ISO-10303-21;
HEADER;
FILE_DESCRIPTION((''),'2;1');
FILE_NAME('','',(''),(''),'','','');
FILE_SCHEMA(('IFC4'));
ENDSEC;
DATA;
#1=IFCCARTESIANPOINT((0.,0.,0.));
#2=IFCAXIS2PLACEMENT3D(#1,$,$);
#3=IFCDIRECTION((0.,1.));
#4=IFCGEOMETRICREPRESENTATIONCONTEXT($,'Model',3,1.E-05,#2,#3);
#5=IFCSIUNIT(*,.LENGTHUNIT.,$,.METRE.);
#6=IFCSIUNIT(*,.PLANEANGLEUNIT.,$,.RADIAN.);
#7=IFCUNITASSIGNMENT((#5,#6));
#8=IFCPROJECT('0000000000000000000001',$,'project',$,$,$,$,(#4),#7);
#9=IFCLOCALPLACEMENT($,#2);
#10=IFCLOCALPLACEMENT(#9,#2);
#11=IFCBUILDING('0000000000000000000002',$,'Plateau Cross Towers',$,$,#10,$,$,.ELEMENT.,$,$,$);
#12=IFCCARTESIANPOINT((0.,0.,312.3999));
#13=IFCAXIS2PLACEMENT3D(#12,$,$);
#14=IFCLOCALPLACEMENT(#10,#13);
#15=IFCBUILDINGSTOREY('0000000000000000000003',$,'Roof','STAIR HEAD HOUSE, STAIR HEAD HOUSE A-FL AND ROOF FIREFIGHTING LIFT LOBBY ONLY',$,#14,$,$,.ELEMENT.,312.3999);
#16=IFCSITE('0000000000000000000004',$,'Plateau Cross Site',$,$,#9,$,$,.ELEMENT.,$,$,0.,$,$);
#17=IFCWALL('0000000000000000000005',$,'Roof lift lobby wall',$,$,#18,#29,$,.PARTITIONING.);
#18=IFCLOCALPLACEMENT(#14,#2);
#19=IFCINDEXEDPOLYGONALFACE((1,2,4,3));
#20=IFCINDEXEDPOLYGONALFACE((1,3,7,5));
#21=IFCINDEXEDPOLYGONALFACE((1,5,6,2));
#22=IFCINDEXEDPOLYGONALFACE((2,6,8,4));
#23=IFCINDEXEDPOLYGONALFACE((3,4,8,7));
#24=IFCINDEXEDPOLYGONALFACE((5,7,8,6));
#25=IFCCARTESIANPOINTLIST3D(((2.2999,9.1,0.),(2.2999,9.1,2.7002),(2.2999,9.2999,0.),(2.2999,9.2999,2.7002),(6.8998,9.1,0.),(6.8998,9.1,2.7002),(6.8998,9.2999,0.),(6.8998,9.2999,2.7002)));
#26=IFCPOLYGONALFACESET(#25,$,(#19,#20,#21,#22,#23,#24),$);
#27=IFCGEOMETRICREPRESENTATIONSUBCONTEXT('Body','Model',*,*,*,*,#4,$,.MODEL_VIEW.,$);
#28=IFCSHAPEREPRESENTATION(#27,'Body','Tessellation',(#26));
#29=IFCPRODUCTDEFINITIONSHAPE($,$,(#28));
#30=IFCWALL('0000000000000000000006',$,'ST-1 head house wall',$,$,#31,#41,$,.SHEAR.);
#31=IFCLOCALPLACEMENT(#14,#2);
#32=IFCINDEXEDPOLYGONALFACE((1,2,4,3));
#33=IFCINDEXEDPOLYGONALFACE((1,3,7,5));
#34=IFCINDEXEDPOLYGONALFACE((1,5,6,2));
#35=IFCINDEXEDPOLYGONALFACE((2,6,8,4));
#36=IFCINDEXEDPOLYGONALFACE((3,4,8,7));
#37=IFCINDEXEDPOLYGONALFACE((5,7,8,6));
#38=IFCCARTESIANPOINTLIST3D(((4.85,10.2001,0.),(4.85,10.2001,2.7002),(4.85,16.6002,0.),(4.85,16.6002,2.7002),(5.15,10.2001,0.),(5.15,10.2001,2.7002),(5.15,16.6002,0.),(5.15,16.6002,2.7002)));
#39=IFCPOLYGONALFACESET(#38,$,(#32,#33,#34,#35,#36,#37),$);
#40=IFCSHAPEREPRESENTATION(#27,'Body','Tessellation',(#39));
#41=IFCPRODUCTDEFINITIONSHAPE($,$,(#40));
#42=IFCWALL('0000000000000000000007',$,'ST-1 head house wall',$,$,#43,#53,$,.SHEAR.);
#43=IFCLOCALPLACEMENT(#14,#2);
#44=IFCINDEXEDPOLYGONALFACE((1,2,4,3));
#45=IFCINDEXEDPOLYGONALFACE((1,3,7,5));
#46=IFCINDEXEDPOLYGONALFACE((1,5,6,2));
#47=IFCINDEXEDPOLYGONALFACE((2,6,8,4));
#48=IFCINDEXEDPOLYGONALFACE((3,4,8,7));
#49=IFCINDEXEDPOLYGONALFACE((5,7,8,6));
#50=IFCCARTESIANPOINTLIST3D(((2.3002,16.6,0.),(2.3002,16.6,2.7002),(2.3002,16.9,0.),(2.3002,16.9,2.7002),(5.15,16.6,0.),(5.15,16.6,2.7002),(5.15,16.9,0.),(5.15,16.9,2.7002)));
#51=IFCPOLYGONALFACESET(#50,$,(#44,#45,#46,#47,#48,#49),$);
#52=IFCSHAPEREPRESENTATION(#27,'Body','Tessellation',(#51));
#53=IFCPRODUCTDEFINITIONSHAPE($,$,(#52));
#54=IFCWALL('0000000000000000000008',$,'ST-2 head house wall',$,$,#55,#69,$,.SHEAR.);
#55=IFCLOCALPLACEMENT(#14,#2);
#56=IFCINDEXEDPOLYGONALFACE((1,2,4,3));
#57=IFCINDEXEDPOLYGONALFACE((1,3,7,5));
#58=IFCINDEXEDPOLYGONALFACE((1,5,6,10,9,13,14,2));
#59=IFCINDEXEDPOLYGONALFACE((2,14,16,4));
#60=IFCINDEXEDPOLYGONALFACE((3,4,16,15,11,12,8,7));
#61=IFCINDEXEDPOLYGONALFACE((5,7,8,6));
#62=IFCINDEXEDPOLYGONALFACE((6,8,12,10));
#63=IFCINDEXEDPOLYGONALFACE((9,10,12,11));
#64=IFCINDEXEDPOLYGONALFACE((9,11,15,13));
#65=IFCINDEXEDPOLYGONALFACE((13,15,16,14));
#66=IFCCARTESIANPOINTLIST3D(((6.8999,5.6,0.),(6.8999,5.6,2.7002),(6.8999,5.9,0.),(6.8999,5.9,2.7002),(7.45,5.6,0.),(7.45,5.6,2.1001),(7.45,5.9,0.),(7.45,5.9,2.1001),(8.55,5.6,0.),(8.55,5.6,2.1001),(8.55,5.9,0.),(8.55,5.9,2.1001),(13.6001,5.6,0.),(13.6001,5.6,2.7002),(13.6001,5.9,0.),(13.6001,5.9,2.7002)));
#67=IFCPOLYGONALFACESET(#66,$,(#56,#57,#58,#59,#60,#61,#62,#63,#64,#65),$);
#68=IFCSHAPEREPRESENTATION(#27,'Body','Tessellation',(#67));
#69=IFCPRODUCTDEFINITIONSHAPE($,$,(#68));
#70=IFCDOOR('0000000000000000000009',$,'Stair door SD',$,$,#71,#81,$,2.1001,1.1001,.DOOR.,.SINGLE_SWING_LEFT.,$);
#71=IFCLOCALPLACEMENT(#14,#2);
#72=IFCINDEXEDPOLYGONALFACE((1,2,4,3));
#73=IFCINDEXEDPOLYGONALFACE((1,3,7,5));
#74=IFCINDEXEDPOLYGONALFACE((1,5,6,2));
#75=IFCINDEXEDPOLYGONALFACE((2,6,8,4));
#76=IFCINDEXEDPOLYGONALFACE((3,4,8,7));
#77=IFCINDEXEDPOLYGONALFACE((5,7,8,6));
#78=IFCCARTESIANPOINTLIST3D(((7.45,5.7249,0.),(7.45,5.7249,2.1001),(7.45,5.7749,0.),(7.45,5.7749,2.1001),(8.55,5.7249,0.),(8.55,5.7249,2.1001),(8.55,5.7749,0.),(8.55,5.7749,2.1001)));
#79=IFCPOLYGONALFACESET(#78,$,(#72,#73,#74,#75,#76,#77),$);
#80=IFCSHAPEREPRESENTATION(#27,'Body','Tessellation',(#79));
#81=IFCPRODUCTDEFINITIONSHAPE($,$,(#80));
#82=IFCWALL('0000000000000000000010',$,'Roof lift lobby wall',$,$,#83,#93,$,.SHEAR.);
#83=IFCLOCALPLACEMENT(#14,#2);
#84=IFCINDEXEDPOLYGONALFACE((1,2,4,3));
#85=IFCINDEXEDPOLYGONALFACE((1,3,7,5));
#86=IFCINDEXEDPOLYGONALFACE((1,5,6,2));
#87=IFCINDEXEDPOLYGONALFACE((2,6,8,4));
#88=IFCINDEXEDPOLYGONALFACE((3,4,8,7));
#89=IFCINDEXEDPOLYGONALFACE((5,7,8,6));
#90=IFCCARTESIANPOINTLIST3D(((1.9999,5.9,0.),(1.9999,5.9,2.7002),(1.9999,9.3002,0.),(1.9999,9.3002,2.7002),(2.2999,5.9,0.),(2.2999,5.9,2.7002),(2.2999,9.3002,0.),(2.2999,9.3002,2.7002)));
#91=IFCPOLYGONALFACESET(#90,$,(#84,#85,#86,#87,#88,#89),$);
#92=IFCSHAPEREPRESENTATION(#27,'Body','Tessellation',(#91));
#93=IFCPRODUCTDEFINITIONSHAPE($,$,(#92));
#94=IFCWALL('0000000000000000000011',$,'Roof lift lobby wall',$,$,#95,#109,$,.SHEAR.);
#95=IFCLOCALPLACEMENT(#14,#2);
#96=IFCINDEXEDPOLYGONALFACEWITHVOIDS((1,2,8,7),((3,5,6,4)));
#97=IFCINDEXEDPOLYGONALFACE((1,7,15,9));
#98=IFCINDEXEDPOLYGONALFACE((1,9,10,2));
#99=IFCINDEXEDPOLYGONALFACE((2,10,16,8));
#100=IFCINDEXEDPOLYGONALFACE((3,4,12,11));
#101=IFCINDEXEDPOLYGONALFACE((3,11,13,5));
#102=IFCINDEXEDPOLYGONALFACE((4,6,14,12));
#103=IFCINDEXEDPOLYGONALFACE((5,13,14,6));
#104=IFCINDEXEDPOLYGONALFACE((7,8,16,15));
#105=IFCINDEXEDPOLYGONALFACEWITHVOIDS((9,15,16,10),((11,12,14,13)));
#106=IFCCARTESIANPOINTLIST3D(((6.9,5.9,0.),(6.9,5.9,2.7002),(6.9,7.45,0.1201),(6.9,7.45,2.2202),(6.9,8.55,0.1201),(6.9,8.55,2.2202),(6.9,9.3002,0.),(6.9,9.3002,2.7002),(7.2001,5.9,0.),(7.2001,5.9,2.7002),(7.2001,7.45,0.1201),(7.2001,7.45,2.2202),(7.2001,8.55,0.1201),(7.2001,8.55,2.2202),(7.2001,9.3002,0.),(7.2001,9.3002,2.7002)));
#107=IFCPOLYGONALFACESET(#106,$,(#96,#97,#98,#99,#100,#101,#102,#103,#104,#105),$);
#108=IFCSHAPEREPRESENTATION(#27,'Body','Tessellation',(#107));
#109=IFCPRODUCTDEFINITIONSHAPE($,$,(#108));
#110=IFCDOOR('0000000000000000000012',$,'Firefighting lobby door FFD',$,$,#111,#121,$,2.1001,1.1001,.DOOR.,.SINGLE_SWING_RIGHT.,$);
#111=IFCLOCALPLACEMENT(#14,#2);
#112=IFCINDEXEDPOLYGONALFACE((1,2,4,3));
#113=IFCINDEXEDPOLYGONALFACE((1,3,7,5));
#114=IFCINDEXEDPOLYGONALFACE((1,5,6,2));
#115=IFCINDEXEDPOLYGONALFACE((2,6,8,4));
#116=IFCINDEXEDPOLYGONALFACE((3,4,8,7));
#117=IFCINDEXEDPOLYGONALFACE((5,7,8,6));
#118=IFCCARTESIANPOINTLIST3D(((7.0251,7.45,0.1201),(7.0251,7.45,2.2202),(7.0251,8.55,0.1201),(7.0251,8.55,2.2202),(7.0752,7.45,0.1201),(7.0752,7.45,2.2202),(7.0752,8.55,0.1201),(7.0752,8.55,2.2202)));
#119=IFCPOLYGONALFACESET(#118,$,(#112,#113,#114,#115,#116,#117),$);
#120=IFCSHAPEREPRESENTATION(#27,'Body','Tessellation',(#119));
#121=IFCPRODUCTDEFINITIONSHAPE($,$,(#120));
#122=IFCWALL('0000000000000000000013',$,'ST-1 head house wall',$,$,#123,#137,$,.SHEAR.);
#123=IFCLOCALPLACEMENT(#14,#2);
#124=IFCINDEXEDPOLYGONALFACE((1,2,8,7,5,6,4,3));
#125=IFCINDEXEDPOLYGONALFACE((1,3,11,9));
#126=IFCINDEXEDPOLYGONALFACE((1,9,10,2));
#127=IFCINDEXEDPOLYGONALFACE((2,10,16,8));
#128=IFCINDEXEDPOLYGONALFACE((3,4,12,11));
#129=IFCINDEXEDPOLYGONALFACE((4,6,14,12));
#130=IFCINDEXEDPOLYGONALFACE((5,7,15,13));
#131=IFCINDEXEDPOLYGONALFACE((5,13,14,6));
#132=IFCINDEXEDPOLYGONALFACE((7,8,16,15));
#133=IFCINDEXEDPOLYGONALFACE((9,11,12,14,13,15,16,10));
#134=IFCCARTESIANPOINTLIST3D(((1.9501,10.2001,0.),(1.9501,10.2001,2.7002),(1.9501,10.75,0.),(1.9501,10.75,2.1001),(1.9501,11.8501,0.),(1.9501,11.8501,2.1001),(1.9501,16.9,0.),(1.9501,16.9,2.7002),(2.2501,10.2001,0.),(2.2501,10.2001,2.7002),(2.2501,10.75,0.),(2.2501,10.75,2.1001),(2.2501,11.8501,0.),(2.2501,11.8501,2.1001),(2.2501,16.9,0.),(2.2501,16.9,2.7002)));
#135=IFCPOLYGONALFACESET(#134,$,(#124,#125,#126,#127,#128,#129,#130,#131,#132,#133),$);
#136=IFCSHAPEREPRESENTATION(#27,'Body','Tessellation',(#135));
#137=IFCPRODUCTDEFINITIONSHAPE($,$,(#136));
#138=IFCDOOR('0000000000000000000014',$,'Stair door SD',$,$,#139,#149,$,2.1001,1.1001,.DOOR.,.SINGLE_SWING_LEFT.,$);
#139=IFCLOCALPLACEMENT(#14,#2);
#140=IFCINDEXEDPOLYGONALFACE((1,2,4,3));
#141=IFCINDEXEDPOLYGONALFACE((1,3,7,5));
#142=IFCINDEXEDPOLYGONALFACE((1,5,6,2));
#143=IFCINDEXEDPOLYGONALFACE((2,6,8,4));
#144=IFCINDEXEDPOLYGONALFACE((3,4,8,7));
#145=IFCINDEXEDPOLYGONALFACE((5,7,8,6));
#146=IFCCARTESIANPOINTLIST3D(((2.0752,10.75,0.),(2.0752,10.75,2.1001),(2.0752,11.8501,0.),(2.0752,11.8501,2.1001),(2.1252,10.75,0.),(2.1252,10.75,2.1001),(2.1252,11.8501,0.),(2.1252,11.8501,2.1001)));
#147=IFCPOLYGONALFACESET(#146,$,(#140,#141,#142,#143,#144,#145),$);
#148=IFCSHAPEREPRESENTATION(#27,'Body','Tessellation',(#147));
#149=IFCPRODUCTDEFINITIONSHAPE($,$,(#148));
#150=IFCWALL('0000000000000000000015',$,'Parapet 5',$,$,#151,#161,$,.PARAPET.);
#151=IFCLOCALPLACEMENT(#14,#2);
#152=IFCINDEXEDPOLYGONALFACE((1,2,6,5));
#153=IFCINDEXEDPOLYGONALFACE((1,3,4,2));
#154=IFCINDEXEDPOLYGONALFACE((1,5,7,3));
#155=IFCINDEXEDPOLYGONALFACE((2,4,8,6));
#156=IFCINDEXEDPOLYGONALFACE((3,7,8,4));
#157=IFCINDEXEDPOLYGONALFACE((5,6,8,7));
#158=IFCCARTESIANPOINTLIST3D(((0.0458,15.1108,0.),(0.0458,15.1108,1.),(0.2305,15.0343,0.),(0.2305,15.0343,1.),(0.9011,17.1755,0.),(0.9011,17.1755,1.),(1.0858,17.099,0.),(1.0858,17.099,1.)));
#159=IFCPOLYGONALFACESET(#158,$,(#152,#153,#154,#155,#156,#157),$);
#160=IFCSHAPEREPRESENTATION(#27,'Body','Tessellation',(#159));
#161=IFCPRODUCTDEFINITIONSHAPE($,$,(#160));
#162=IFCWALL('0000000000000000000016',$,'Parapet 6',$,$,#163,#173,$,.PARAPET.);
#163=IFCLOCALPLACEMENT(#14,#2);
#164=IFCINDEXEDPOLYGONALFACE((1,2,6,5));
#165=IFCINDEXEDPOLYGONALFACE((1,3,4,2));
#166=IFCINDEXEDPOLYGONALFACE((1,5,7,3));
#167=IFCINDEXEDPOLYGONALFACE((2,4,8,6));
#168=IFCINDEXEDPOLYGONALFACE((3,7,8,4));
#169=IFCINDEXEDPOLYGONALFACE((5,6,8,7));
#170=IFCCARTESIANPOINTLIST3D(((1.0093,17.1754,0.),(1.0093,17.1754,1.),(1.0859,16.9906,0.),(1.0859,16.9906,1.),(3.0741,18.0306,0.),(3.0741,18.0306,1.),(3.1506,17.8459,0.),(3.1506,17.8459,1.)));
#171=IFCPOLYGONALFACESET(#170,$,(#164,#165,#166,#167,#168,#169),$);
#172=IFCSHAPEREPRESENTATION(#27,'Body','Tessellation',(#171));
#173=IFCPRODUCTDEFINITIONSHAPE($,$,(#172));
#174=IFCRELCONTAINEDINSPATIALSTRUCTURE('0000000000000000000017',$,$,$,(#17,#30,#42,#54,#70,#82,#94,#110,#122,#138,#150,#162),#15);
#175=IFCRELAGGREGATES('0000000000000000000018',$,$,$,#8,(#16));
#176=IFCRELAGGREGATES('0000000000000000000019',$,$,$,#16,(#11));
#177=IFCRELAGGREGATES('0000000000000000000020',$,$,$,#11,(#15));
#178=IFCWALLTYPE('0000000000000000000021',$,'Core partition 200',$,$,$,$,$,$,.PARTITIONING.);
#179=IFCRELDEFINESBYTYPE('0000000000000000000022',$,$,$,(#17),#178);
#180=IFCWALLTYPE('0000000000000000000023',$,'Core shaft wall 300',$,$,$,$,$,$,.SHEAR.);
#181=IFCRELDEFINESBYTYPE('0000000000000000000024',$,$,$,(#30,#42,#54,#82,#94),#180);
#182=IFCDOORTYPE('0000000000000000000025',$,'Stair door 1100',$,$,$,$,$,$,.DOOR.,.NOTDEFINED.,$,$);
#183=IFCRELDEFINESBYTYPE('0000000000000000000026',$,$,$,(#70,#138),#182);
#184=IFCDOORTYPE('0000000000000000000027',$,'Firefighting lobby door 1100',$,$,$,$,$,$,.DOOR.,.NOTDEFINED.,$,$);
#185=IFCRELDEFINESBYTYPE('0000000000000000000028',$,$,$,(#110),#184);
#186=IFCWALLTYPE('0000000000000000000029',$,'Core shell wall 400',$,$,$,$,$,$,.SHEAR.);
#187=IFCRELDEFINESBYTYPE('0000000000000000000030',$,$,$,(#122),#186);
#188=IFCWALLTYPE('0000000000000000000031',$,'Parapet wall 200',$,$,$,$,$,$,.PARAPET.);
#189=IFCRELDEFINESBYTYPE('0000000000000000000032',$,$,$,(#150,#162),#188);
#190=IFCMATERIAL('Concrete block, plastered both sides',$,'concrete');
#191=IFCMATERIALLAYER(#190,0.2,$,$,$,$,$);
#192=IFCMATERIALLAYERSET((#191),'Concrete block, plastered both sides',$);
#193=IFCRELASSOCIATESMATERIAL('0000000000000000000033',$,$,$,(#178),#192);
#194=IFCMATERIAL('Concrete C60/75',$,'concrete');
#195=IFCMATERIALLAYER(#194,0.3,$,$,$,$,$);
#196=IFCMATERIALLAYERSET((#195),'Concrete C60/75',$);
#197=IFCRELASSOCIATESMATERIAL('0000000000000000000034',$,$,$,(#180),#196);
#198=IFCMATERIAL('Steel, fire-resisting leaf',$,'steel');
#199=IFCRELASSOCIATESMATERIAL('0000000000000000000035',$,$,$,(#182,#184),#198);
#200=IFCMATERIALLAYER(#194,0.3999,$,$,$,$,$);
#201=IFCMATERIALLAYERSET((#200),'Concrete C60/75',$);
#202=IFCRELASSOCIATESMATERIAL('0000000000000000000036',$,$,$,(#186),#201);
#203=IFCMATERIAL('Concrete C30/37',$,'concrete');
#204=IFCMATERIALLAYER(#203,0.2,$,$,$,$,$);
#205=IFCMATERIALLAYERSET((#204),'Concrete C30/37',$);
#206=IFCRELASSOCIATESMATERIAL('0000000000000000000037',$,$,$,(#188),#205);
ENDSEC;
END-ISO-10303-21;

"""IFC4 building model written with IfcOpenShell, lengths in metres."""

from ifc_helpers import new_model, si_unit, direction, frame, frame_2d, origin, place, context, subcontext, project, spatial, rectangle, extrude, material, layer, layer_set, type_object, element, fill, save


model = new_model("IFC4")

# Units and contexts
model_context = context("Model", 3, precision=1e-05, world=origin(), true_north=direction((0.0, 1.0)))
body_context = subcontext(model_context, "Body", "Model", "MODEL_VIEW")
ifc_project = project(units=[si_unit("LENGTHUNIT", "METRE"), si_unit("PLANEANGLEUNIT", "RADIAN")], contexts=[model_context])

# Site, building, storey
site_placement = place(None, origin())
site = spatial("IfcSite", under=ifc_project, at=site_placement, Name="Plateau Cross Site", CompositionType="ELEMENT", RefElevation=0.0)
building_placement = place(site_placement, origin())
building = spatial("IfcBuilding", under=site, at=building_placement, Name="Plateau Cross Towers", CompositionType="ELEMENT")
storey_placement = place(building_placement, frame((0.0, 0.0, 312.3999)))
storey = spatial("IfcBuildingStorey", under=building, at=storey_placement, Name="Roof", Description="STAIR HEAD HOUSE, STAIR HEAD HOUSE A-FL AND ROOF FIREFIGHTING LIFT LOBBY ONLY", CompositionType="ELEMENT", Elevation=312.3999)

# Walls
ifc_material_1 = material(Name="Concrete block, plastered both sides", Category="concrete")
ifc_layer_1 = layer(ifc_material_1, 0.2)
ifc_layer_set_1 = layer_set([ifc_layer_1], Name="Concrete block, plastered both sides")
wall_type_1 = type_object("IfcWallType", Name="Core partition 200", PredefinedType="PARTITIONING", material=ifc_layer_set_1)
wall_1_placement = place(storey_placement, frame((2.3, 9.2, 0.0), z_axis=(0.0, 0.0, 1.0), x_axis=(1.0, 0.0, 0.0)))
element("IfcWall", 1, at=wall_1_placement, inside=storey, type_object=wall_type_1, Name="Roof lift lobby wall", PredefinedType="PARTITIONING", context=body_context, shape_type="SweptSolid", body=[
    extrude(rectangle(XDim=4.5999, YDim=0.2, at=frame_2d((2.2998, 0.0))), origin(), (0.0, 0.0, 1.0), 2.7002),
])
ifc_material_2 = material(Name="Concrete C60/75", Category="concrete")
ifc_layer_2 = layer(ifc_material_2, 0.3)
ifc_layer_set_2 = layer_set([ifc_layer_2], Name="Concrete C60/75")
wall_type_2 = type_object("IfcWallType", Name="Core shaft wall 300", PredefinedType="SHEAR", material=ifc_layer_set_2)
wall_2_placement = place(storey_placement, frame((5.0, 10.2, 0.0), z_axis=(0.0, 0.0, 1.0), x_axis=(0.0, 1.0, 0.0)))
element("IfcWall", 2, at=wall_2_placement, inside=storey, type_object=wall_type_2, Name="ST-1 head house wall", PredefinedType="SHEAR", context=body_context, shape_type="SweptSolid", body=[
    extrude(rectangle(XDim=6.4001, YDim=0.3, at=frame_2d((3.2002, 0.0))), origin(), (0.0, 0.0, 1.0), 2.7002),
])
wall_3_placement = place(storey_placement, frame((5.1499, 16.75, 0.0), z_axis=(0.0, 0.0, 1.0), x_axis=(-1.0, 0.0, 0.0)))
element("IfcWall", 3, at=wall_3_placement, inside=storey, type_object=wall_type_2, Name="ST-1 head house wall", PredefinedType="SHEAR", context=body_context, shape_type="SweptSolid", body=[
    extrude(rectangle(XDim=2.8499, YDim=0.3, at=frame_2d((1.4248, 0.0))), origin(), (0.0, 0.0, 1.0), 2.7002),
])

# Wall, opening, door
wall_4_placement = place(storey_placement, frame((6.8999, 5.75, 0.0), z_axis=(0.0, 0.0, 1.0), x_axis=(1.0, 0.0, 0.0)))
wall_4 = element("IfcWall", 4, at=wall_4_placement, inside=storey, type_object=wall_type_2, Name="ST-2 head house wall", PredefinedType="SHEAR", context=body_context, shape_type="SweptSolid", body=[
    extrude(rectangle(XDim=6.7002, YDim=0.3, at=frame_2d((3.3501, 0.0))), origin(), (0.0, 0.0, 1.0), 2.7002),
])
opening_1_placement = place(wall_4_placement, frame((0.55, 0.0, 0.0)))
opening_1 = element("IfcOpeningElement", 5, at=opening_1_placement, cuts=wall_4, PredefinedType="OPENING", context=body_context, shape_type="SweptSolid", body=[
    extrude(rectangle(XDim=1.1001, YDim=2.1001, at=frame_2d((0.55, 1.05))), frame((0.0, 0.1599, 0.0), z_axis=(0.0, -1.0, 0.0), x_axis=(1.0, 0.0, 0.0)), (0.0, 0.0, 1.0), 0.3201),
])
ifc_material_3 = material(Name="Steel, fire-resisting leaf", Category="steel")
door_type_1 = type_object("IfcDoorType", Name="Stair door 1100", OperationType="NOTDEFINED", PredefinedType="DOOR", material=ifc_material_3)
door_1_placement = place(opening_1_placement, origin())
door_1 = element("IfcDoor", 6, at=door_1_placement, inside=storey, type_object=door_type_1, Name="Stair door SD", OperationType="SINGLE_SWING_LEFT", OverallHeight=2.1001, OverallWidth=1.1001, PredefinedType="DOOR", context=body_context, shape_type="SweptSolid", body=[
    extrude(rectangle(XDim=1.1001, YDim=2.1001, at=frame_2d((0.55, 1.05))), frame((0.0, 0.0249, 0.0), z_axis=(0.0, -1.0, 0.0), x_axis=(1.0, 0.0, 0.0)), (0.0, 0.0, 1.0), 0.05),
])
fill(opening_1, door_1)

# Wall
wall_5_placement = place(storey_placement, frame((2.1499, 5.8999, 0.0), z_axis=(0.0, 0.0, 1.0), x_axis=(0.0, 1.0, 0.0)))
element("IfcWall", 7, at=wall_5_placement, inside=storey, type_object=wall_type_2, Name="Roof lift lobby wall", PredefinedType="SHEAR", context=body_context, shape_type="SweptSolid", body=[
    extrude(rectangle(XDim=3.4001, YDim=0.3, at=frame_2d((1.7002, 0.0))), origin(), (0.0, 0.0, 1.0), 2.7002),
])

# Walls, openings, doors
wall_6_placement = place(storey_placement, frame((7.05, 5.8999, 0.0), z_axis=(0.0, 0.0, 1.0), x_axis=(0.0, 1.0, 0.0)))
wall_6 = element("IfcWall", 8, at=wall_6_placement, inside=storey, type_object=wall_type_2, Name="Roof lift lobby wall", PredefinedType="SHEAR", context=body_context, shape_type="SweptSolid", body=[
    extrude(rectangle(XDim=3.4001, YDim=0.3, at=frame_2d((1.7002, 0.0))), origin(), (0.0, 0.0, 1.0), 2.7002),
])
opening_2_placement = place(wall_6_placement, frame((1.55, 0.0, 0.1201)))
opening_2 = element("IfcOpeningElement", 9, at=opening_2_placement, cuts=wall_6, PredefinedType="OPENING", context=body_context, shape_type="SweptSolid", body=[
    extrude(rectangle(XDim=1.1001, YDim=2.1001, at=frame_2d((0.55, 1.05))), frame((0.0, 0.1599, 0.0), z_axis=(0.0, -1.0, 0.0), x_axis=(1.0, 0.0, 0.0)), (0.0, 0.0, 1.0), 0.3201),
])
door_type_2 = type_object("IfcDoorType", Name="Firefighting lobby door 1100", OperationType="NOTDEFINED", PredefinedType="DOOR", material=ifc_material_3)
door_2_placement = place(opening_2_placement, origin())
door_2 = element("IfcDoor", 10, at=door_2_placement, inside=storey, type_object=door_type_2, Name="Firefighting lobby door FFD", OperationType="SINGLE_SWING_RIGHT", OverallHeight=2.1001, OverallWidth=1.1001, PredefinedType="DOOR", context=body_context, shape_type="SweptSolid", body=[
    extrude(rectangle(XDim=1.1001, YDim=2.1001, at=frame_2d((0.55, 1.05))), frame((0.0, 0.0249, 0.0), z_axis=(0.0, -1.0, 0.0), x_axis=(1.0, 0.0, 0.0)), (0.0, 0.0, 1.0), 0.05),
])
fill(opening_2, door_2)
ifc_layer_3 = layer(ifc_material_2, 0.3999)
ifc_layer_set_3 = layer_set([ifc_layer_3], Name="Concrete C60/75")
wall_type_3 = type_object("IfcWallType", Name="Core shell wall 400", PredefinedType="SHEAR", material=ifc_layer_set_3)
wall_7_placement = place(storey_placement, frame((2.1001, 10.2, 0.0), z_axis=(0.0, 0.0, 1.0), x_axis=(0.0, 1.0, 0.0)))
wall_7 = element("IfcWall", 11, at=wall_7_placement, inside=storey, type_object=wall_type_3, Name="ST-1 head house wall", PredefinedType="SHEAR", context=body_context, shape_type="SweptSolid", body=[
    extrude(rectangle(XDim=6.7, YDim=0.3, at=frame_2d((3.3501, 0.0))), origin(), (0.0, 0.0, 1.0), 2.7002),
])
opening_3_placement = place(wall_7_placement, frame((0.55, 0.0, 0.0)))
opening_3 = element("IfcOpeningElement", 12, at=opening_3_placement, cuts=wall_7, PredefinedType="OPENING", context=body_context, shape_type="SweptSolid", body=[
    extrude(rectangle(XDim=1.1001, YDim=2.1001, at=frame_2d((0.55, 1.05))), frame((0.0, 0.1599, 0.0), z_axis=(0.0, -1.0, 0.0), x_axis=(1.0, 0.0, 0.0)), (0.0, 0.0, 1.0), 0.3201),
])
door_3_placement = place(opening_3_placement, origin())
door_3 = element("IfcDoor", 13, at=door_3_placement, inside=storey, type_object=door_type_1, Name="Stair door SD", OperationType="SINGLE_SWING_LEFT", OverallHeight=2.1001, OverallWidth=1.1001, PredefinedType="DOOR", context=body_context, shape_type="SweptSolid", body=[
    extrude(rectangle(XDim=1.1001, YDim=2.1001, at=frame_2d((0.55, 1.05))), frame((0.0, 0.0249, 0.0), z_axis=(0.0, -1.0, 0.0), x_axis=(1.0, 0.0, 0.0)), (0.0, 0.0, 1.0), 0.05),
])
fill(opening_3, door_3)

# Walls
ifc_material_4 = material(Name="Concrete C30/37", Category="concrete")
ifc_layer_4 = layer(ifc_material_4, 0.2)
ifc_layer_set_4 = layer_set([ifc_layer_4], Name="Concrete C30/37")
wall_type_4 = type_object("IfcWallType", Name="Parapet wall 200", PredefinedType="PARAPET", material=ifc_layer_set_4)
for number, where, z_axis, x_axis, name in (
    (14, (0.1382, 15.0725, 0.0), (0.0, 0.0, 1.0), (0.382683, 0.92388, 0.0), "Parapet 5"),
    (15, (1.0476, 17.083, 0.0), (0.0, 0.0, 1.0), (0.92388, 0.382683, 0.0), "Parapet 6"),
):
    element("IfcWall", number, at=place(storey_placement, frame(where, z_axis=z_axis, x_axis=x_axis)), inside=storey, type_object=wall_type_4, Name=name, PredefinedType="PARAPET", context=body_context, shape_type="SweptSolid", body=[
        extrude(rectangle(XDim=2.2349, YDim=0.2, at=frame_2d((1.1174, 0.0))), origin(), (0.0, 0.0, 1.0), 1.0),
    ])

save(model, "model.ifc")
